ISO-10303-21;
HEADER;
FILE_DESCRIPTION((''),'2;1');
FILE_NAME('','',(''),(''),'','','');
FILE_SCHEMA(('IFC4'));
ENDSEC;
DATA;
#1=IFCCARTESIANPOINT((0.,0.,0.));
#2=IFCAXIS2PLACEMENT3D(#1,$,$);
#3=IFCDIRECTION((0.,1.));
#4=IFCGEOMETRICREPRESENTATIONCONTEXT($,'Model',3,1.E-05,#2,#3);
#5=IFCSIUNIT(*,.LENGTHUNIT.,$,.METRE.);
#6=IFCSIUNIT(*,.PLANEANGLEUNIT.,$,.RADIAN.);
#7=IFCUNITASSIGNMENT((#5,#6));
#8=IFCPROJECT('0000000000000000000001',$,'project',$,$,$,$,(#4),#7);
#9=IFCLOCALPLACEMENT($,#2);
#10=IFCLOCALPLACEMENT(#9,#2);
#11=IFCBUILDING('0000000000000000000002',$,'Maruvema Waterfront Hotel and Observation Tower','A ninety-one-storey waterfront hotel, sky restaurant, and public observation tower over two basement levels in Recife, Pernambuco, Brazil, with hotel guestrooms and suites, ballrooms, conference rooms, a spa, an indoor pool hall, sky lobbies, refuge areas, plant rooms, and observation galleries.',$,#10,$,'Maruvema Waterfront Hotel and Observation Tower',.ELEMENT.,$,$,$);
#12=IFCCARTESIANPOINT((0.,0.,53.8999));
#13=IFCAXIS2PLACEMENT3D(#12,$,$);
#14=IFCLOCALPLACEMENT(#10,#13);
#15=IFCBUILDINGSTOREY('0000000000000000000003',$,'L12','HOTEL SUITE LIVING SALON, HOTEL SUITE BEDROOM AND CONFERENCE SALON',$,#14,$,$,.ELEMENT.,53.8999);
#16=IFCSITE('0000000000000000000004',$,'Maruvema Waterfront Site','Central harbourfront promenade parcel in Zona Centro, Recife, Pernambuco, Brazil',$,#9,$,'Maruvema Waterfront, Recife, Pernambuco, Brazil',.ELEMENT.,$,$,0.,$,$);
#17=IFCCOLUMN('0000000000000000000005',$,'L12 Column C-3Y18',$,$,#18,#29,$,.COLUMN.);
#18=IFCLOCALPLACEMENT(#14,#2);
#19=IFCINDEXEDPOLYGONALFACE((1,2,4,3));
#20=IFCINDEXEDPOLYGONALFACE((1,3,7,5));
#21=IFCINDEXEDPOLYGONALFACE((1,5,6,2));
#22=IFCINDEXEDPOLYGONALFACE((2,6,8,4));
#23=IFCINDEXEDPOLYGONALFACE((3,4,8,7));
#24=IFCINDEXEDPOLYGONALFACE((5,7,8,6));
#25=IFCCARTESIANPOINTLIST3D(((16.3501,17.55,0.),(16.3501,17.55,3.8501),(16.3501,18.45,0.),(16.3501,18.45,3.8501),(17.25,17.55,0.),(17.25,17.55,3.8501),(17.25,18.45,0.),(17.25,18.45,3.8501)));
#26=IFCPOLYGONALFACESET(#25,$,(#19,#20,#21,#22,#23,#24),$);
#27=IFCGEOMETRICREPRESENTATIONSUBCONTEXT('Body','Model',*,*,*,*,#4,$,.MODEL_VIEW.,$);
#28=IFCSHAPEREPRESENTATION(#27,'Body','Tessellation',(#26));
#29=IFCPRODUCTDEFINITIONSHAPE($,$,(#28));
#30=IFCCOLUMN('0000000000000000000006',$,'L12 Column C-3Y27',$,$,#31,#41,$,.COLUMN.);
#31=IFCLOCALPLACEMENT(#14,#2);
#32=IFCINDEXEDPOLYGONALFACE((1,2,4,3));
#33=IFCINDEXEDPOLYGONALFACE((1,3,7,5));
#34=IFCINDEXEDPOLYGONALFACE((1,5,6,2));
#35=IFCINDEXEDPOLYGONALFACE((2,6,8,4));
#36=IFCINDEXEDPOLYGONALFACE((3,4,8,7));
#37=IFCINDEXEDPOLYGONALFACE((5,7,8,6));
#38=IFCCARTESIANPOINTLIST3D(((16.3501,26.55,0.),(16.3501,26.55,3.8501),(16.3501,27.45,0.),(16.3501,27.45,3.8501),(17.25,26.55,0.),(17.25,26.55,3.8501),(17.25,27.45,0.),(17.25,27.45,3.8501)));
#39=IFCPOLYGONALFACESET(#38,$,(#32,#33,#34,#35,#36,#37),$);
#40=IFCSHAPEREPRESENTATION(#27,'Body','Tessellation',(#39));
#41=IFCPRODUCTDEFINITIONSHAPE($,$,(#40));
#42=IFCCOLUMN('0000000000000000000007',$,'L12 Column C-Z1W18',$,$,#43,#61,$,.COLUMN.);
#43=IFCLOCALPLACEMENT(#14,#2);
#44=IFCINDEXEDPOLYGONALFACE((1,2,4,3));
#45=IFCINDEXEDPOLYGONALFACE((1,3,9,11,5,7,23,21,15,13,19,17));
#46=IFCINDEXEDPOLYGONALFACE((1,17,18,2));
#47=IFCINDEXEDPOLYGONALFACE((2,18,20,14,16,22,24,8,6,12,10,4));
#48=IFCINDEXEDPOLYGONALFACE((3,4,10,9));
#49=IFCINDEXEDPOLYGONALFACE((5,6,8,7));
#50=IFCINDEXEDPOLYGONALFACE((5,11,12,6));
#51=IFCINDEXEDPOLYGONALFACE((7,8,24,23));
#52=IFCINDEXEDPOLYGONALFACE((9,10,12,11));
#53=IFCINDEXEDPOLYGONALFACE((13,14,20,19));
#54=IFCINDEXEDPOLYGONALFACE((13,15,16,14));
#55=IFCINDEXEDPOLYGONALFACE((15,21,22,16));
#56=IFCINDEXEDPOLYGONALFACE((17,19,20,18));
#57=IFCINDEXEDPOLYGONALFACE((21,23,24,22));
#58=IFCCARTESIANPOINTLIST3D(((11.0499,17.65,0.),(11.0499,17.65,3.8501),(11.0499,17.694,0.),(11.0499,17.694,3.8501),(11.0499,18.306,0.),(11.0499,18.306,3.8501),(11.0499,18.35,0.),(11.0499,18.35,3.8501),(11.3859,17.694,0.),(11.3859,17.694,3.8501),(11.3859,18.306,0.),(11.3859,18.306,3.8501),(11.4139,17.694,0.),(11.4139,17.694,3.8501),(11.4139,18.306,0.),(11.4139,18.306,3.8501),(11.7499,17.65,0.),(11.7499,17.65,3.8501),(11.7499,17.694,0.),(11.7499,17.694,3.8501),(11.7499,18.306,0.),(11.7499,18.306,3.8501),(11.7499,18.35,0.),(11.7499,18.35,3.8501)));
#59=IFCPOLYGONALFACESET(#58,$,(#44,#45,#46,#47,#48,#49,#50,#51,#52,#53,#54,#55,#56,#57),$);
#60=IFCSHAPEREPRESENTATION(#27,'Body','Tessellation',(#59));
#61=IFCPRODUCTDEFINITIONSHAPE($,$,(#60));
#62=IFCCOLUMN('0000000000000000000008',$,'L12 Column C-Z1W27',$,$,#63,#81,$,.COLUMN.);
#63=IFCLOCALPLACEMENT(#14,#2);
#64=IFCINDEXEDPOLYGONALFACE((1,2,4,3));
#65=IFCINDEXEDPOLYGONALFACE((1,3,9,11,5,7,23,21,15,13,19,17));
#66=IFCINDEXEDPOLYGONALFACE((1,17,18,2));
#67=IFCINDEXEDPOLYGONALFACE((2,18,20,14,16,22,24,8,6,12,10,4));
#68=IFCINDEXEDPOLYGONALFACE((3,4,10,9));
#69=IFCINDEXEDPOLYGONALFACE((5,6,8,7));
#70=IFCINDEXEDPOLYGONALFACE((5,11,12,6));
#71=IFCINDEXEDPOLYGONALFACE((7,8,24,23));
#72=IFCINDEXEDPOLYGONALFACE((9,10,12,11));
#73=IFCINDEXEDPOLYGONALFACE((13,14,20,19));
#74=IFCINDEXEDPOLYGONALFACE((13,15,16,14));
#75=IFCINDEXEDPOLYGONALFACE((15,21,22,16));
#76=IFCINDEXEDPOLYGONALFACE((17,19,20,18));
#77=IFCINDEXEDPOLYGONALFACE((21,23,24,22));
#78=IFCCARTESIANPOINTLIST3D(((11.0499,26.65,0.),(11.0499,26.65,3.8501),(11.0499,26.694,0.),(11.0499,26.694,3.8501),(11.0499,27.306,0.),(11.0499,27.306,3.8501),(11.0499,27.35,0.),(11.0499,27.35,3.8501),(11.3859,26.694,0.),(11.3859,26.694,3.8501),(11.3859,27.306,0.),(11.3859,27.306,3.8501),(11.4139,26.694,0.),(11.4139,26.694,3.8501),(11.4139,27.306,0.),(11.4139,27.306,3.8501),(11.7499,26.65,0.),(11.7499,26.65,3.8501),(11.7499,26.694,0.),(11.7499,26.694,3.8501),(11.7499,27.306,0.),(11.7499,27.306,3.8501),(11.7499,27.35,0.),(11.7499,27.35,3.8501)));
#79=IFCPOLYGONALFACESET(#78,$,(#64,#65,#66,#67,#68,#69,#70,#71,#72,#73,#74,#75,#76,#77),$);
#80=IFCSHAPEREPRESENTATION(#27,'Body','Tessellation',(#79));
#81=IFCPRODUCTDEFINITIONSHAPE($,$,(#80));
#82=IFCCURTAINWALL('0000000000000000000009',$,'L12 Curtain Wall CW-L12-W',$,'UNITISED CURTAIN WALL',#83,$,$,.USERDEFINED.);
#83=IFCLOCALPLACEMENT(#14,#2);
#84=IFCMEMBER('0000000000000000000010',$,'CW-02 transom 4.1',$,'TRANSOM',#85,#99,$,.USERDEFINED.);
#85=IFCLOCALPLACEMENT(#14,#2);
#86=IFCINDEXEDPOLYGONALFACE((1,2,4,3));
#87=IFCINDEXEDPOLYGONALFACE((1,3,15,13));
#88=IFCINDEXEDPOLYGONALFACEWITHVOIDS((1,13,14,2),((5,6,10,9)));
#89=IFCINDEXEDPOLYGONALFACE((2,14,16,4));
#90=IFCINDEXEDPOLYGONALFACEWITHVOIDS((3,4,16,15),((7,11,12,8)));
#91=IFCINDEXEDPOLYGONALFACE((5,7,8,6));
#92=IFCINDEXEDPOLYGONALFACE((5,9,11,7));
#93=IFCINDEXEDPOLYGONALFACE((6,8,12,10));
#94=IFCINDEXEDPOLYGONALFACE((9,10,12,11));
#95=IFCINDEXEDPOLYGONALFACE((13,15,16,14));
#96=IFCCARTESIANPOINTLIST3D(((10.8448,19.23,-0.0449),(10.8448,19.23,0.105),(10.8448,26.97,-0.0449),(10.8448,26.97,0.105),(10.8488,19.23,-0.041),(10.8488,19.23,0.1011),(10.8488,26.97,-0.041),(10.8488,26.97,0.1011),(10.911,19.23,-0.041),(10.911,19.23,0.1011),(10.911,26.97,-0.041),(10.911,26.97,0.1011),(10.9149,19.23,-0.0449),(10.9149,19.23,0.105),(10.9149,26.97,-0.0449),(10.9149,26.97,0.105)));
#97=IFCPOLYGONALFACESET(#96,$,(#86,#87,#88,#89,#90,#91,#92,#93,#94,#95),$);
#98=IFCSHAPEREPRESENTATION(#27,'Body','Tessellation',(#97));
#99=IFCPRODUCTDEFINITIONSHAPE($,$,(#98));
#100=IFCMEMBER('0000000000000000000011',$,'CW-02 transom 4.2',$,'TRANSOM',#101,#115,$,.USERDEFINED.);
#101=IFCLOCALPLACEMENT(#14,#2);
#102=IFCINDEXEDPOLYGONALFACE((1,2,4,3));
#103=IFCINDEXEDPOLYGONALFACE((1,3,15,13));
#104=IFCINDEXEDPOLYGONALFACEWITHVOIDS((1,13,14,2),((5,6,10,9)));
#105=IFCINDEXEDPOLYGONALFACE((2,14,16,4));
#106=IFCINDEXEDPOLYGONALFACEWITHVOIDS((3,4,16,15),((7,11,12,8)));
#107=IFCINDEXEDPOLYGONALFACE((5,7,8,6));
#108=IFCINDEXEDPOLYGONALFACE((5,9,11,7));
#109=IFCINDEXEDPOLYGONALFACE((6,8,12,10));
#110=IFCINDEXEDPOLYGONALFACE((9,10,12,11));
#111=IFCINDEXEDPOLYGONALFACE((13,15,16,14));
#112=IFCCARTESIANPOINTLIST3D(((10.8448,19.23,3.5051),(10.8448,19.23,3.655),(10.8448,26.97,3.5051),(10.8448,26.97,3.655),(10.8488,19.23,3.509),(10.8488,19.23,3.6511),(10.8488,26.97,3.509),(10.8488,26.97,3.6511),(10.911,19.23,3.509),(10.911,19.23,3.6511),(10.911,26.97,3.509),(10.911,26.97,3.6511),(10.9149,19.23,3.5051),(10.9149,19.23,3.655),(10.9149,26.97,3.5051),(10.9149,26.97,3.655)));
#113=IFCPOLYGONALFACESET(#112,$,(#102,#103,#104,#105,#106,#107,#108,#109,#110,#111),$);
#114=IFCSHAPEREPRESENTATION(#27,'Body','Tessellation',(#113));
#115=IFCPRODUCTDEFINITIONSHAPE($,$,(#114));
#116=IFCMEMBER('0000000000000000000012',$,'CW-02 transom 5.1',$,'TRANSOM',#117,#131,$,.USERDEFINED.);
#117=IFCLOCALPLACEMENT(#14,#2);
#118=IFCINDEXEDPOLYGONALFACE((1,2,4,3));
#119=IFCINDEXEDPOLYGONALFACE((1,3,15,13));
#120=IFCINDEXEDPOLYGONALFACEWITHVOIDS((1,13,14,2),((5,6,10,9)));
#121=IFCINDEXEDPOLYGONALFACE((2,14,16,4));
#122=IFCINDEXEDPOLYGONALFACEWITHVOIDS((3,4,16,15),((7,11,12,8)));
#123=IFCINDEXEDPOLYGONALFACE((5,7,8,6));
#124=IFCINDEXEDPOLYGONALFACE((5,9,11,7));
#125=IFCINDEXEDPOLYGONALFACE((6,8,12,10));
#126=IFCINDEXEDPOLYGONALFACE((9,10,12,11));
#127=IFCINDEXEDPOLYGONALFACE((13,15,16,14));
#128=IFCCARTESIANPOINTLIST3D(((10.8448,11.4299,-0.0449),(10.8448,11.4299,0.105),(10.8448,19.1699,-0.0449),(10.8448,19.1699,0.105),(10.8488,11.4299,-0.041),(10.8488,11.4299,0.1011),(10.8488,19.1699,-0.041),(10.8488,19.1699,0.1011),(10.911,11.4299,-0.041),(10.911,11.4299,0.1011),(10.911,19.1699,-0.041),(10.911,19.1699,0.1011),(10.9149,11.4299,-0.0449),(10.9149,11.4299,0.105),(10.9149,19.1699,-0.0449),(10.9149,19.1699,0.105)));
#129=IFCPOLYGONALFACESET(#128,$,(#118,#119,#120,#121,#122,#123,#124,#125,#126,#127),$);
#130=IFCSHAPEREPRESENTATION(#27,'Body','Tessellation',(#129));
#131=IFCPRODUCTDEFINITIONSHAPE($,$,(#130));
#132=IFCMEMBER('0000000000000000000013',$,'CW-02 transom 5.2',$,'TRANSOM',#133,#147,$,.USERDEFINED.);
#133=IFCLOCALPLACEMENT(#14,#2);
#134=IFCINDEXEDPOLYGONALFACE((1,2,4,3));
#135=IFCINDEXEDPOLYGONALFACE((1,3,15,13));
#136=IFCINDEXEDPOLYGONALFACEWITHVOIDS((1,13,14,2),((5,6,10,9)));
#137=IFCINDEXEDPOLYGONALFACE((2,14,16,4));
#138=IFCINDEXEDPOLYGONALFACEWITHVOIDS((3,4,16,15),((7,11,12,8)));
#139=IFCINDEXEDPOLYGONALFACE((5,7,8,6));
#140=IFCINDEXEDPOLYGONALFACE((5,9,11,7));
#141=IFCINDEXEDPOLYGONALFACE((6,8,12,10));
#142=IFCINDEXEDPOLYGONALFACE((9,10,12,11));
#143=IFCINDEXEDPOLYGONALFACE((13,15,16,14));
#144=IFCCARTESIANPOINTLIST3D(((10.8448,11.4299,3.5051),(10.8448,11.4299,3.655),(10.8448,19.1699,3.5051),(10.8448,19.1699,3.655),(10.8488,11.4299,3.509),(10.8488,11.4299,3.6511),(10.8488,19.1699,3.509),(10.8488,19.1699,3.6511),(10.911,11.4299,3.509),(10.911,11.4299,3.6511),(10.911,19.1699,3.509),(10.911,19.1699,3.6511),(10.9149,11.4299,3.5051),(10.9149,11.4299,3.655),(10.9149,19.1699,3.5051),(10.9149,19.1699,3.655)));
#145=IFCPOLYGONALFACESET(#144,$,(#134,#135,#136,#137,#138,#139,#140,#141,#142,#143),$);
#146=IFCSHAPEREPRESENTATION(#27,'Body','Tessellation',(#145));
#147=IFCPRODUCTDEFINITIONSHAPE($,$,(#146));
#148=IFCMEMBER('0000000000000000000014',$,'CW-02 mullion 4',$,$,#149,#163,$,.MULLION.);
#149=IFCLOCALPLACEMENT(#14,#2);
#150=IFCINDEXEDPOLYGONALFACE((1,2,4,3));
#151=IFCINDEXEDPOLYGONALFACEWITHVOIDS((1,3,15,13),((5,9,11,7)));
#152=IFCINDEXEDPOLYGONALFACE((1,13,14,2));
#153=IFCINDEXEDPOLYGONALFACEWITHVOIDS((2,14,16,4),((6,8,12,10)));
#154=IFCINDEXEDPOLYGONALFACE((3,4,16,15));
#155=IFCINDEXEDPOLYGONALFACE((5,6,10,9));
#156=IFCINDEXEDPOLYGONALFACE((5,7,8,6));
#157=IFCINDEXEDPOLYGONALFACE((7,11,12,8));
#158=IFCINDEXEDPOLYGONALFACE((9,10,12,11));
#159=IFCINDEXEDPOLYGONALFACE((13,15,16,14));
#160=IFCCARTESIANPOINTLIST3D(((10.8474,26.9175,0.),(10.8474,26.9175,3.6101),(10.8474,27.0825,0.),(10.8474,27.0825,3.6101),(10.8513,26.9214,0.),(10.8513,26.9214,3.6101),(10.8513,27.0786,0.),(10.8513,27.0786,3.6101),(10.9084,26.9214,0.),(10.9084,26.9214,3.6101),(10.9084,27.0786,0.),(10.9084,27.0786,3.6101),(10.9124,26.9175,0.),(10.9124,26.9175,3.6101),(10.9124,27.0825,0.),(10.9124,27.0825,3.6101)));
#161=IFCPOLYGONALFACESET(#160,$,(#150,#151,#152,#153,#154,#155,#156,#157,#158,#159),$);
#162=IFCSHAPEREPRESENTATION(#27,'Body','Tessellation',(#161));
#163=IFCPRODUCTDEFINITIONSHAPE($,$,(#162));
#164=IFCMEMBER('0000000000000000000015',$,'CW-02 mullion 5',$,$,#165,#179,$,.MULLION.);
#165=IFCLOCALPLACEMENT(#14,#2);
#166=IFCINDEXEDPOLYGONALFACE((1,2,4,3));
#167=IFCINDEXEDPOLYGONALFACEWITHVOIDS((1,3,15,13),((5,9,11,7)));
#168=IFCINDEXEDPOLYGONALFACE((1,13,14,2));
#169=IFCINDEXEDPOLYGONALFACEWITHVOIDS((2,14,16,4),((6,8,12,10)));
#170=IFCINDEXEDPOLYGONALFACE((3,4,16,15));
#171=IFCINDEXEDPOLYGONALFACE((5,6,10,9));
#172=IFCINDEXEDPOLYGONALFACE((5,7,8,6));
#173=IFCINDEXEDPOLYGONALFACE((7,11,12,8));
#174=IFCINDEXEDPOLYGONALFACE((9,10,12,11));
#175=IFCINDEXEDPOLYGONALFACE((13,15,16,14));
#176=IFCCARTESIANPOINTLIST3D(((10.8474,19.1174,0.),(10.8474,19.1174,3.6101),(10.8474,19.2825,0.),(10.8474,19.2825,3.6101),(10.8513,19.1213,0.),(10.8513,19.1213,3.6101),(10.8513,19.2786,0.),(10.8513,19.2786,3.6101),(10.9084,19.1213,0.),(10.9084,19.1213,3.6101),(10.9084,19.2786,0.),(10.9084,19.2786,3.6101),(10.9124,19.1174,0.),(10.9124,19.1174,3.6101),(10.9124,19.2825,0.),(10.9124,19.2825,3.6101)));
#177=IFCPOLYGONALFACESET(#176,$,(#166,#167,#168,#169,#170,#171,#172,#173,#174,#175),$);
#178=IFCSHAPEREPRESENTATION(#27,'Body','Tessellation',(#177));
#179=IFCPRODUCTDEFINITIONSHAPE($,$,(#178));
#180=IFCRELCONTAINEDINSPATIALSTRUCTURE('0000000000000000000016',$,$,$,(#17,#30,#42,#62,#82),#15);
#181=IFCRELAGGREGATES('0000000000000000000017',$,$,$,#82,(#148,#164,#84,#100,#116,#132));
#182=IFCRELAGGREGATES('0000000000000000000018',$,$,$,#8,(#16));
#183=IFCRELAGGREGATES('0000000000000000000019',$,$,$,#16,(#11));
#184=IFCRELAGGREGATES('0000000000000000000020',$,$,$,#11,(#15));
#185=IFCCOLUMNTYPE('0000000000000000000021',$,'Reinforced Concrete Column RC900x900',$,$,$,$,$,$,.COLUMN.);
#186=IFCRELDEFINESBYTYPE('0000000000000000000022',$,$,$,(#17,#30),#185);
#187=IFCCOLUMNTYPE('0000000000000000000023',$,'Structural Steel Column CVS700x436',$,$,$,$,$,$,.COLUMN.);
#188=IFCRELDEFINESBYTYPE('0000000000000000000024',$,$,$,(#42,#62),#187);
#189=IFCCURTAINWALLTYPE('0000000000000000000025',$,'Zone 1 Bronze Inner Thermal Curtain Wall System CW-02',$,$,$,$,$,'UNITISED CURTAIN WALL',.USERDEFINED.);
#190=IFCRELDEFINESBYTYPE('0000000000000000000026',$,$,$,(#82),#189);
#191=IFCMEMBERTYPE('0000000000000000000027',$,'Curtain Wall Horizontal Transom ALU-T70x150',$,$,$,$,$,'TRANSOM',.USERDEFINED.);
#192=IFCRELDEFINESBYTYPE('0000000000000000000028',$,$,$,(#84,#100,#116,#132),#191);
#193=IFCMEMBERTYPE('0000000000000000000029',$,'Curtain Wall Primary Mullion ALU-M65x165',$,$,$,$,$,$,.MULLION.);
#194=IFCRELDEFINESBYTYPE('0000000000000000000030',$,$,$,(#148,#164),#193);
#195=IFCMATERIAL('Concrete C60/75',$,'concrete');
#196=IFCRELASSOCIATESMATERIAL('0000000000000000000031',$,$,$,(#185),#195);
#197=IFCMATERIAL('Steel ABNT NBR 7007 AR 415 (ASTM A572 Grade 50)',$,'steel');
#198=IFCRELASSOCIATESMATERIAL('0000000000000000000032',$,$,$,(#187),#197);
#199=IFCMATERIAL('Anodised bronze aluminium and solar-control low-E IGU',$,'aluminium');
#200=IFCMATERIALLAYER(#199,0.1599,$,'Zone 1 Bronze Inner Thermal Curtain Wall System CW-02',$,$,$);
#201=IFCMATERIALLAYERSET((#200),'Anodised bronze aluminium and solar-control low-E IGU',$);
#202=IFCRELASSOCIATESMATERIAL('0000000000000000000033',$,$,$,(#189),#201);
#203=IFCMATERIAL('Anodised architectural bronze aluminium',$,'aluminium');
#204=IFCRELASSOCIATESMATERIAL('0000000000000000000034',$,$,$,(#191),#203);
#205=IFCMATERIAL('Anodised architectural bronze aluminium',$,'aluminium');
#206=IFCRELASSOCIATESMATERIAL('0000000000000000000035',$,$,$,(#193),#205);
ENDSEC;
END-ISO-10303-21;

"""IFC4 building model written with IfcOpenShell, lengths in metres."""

from ifc_helpers import new_model, si_unit, direction, frame, origin, origin_2d, place, context, subcontext, project, spatial, rectangle, hollow_rectangle, i_section, extrude, material, layer, layer_set, material_profile, profile_set, type_object, element, aggregate, save


model = new_model("IFC4")

# Units and contexts
model_context = context("Model", 3, precision=1e-05, world=origin(), true_north=direction((0.0, 1.0)))
body_context = subcontext(model_context, "Body", "Model", "MODEL_VIEW")
ifc_project = project(units=[si_unit("LENGTHUNIT", "METRE"), si_unit("PLANEANGLEUNIT", "RADIAN")], contexts=[model_context])

# Site, building, storey
site_placement = place(None, origin())
site = spatial("IfcSite", under=ifc_project, at=site_placement, Name="Maruvema Waterfront Site", Description="Central harbourfront promenade parcel in Zona Centro, Recife, Pernambuco, Brazil", LongName="Maruvema Waterfront, Recife, Pernambuco, Brazil", CompositionType="ELEMENT", RefElevation=0.0)
building_placement = place(site_placement, origin())
building = spatial("IfcBuilding", under=site, at=building_placement, Name="Maruvema Waterfront Hotel and Observation Tower", Description="A ninety-one-storey waterfront hotel, sky restaurant, and public observation tower over two basement levels in Recife, Pernambuco, Brazil, with hotel guestrooms and suites, ballrooms, conference rooms, a spa, an indoor pool hall, sky lobbies, refuge areas, plant rooms, and observation galleries.", LongName="Maruvema Waterfront Hotel and Observation Tower", CompositionType="ELEMENT")
storey_placement = place(building_placement, frame((0.0, 0.0, 53.8999)))
storey = spatial("IfcBuildingStorey", under=building, at=storey_placement, Name="L12", Description="HOTEL SUITE LIVING SALON, HOTEL SUITE BEDROOM AND CONFERENCE SALON", CompositionType="ELEMENT", Elevation=53.8999)

# Columns
ifc_material_1 = material(Name="Concrete C60/75", Category="concrete")
ifc_material_profile_1 = material_profile(ifc_material_1, rectangle(XDim=0.8999, YDim=0.8999, at=origin_2d()), Name="RC900x900")
ifc_profile_set_1 = profile_set([ifc_material_profile_1], Name="Concrete C60/75")
column_type_1 = type_object("IfcColumnType", Name="Reinforced Concrete Column RC900x900", PredefinedType="COLUMN", material=ifc_profile_set_1)
for number, where, z_axis, x_axis, name in (
    (1, (16.8, 18.0, 0.0), (0.0, 0.0, 1.0), (1.0, 0.0, 0.0), "L12 Column C-3Y18"),
    (2, (16.8, 27.0, 0.0), (0.0, 0.0, 1.0), (1.0, 0.0, 0.0), "L12 Column C-3Y27"),
):
    element("IfcColumn", number, at=place(storey_placement, frame(where, z_axis=z_axis, x_axis=x_axis)), inside=storey, type_object=column_type_1, Name=name, PredefinedType="COLUMN", context=body_context, shape_type="SweptSolid", body=[
        extrude(rectangle(XDim=0.8999, YDim=0.8999, at=origin_2d()), origin(), (0.0, 0.0, 1.0), 3.8501),
    ])
ifc_material_2 = material(Name="Steel ABNT NBR 7007 AR 415 (ASTM A572 Grade 50)", Category="steel")
ifc_material_profile_2 = material_profile(ifc_material_2, i_section(OverallWidth=0.7, OverallDepth=0.7, WebThickness=0.0281, FlangeThickness=0.0439, at=origin_2d()), Name="CVS700x436")
ifc_profile_set_2 = profile_set([ifc_material_profile_2], Name="Steel ABNT NBR 7007 AR 415 (ASTM A572 Grade 50)")
column_type_2 = type_object("IfcColumnType", Name="Structural Steel Column CVS700x436", PredefinedType="COLUMN", material=ifc_profile_set_2)
for number, where, z_axis, x_axis, name in (
    (3, (11.3999, 18.0, 0.0), (0.0, 0.0, 1.0), (1.0, 0.0, 0.0), "L12 Column C-Z1W18"),
    (4, (11.3999, 27.0, 0.0), (0.0, 0.0, 1.0), (1.0, 0.0, 0.0), "L12 Column C-Z1W27"),
):
    element("IfcColumn", number, at=place(storey_placement, frame(where, z_axis=z_axis, x_axis=x_axis)), inside=storey, type_object=column_type_2, Name=name, PredefinedType="COLUMN", context=body_context, shape_type="SweptSolid", body=[
        extrude(i_section(OverallWidth=0.7, OverallDepth=0.7, WebThickness=0.0281, FlangeThickness=0.0439, at=origin_2d()), origin(), (0.0, 0.0, 1.0), 3.8501),
    ])

# Curtain wall, members
ifc_material_3 = material(Name="Anodised bronze aluminium and solar-control low-E IGU", Category="aluminium")
ifc_layer_1 = layer(ifc_material_3, 0.1599, Name="Zone 1 Bronze Inner Thermal Curtain Wall System CW-02")
ifc_layer_set_1 = layer_set([ifc_layer_1], Name="Anodised bronze aluminium and solar-control low-E IGU")
curtain_wall_type = type_object("IfcCurtainWallType", Name="Zone 1 Bronze Inner Thermal Curtain Wall System CW-02", ElementType="UNITISED CURTAIN WALL", PredefinedType="USERDEFINED", material=ifc_layer_set_1)
curtain_wall_placement = place(storey_placement, origin())
curtain_wall = element("IfcCurtainWall", 5, at=curtain_wall_placement, inside=storey, type_object=curtain_wall_type, Name="L12 Curtain Wall CW-L12-W", ObjectType="UNITISED CURTAIN WALL", PredefinedType="USERDEFINED")
ifc_material_4 = material(Name="Anodised architectural bronze aluminium", Category="aluminium")
ifc_material_profile_3 = material_profile(ifc_material_4, hollow_rectangle(XDim=0.0701, YDim=0.1499, WallThickness=0.0039, at=origin_2d()), Name="ALU-T70x150")
ifc_profile_set_3 = profile_set([ifc_material_profile_3], Name="Anodised architectural bronze aluminium")
member_type_1 = type_object("IfcMemberType", Name="Curtain Wall Horizontal Transom ALU-T70x150", ElementType="TRANSOM", PredefinedType="USERDEFINED", material=ifc_profile_set_3)
member_1_placement = place(storey_placement, frame((10.8799, 26.97, 0.03), z_axis=(0.0, -1.0, 0.0), x_axis=(1.0, 0.0, 0.0)))
member_1 = element("IfcMember", 6, at=member_1_placement, type_object=member_type_1, Name="CW-02 transom 4.1", ObjectType="TRANSOM", PredefinedType="USERDEFINED", context=body_context, shape_type="SweptSolid", body=[
    extrude(hollow_rectangle(XDim=0.0701, YDim=0.1499, WallThickness=0.0039, at=origin_2d()), origin(), (0.0, 0.0, 1.0), 7.74),
])
member_2_placement = place(storey_placement, frame((10.8799, 26.97, 3.5801), z_axis=(0.0, -1.0, 0.0), x_axis=(1.0, 0.0, 0.0)))
member_2 = element("IfcMember", 7, at=member_2_placement, type_object=member_type_1, Name="CW-02 transom 4.2", ObjectType="TRANSOM", PredefinedType="USERDEFINED", context=body_context, shape_type="SweptSolid", body=[
    extrude(hollow_rectangle(XDim=0.0701, YDim=0.1499, WallThickness=0.0039, at=origin_2d()), origin(), (0.0, 0.0, 1.0), 7.74),
])
member_3_placement = place(storey_placement, frame((10.8799, 19.1699, 0.03), z_axis=(0.0, -1.0, 0.0), x_axis=(1.0, 0.0, 0.0)))
member_3 = element("IfcMember", 8, at=member_3_placement, type_object=member_type_1, Name="CW-02 transom 5.1", ObjectType="TRANSOM", PredefinedType="USERDEFINED", context=body_context, shape_type="SweptSolid", body=[
    extrude(hollow_rectangle(XDim=0.0701, YDim=0.1499, WallThickness=0.0039, at=origin_2d()), origin(), (0.0, 0.0, 1.0), 7.74),
])
member_4_placement = place(storey_placement, frame((10.8799, 19.1699, 3.5801), z_axis=(0.0, -1.0, 0.0), x_axis=(1.0, 0.0, 0.0)))
member_4 = element("IfcMember", 9, at=member_4_placement, type_object=member_type_1, Name="CW-02 transom 5.2", ObjectType="TRANSOM", PredefinedType="USERDEFINED", context=body_context, shape_type="SweptSolid", body=[
    extrude(hollow_rectangle(XDim=0.0701, YDim=0.1499, WallThickness=0.0039, at=origin_2d()), origin(), (0.0, 0.0, 1.0), 7.74),
])
ifc_material_5 = material(Name="Anodised architectural bronze aluminium", Category="aluminium")
ifc_material_profile_4 = material_profile(ifc_material_5, hollow_rectangle(XDim=0.0649, YDim=0.165, WallThickness=0.0039, at=origin_2d()), Name="ALU-M65x165")
ifc_profile_set_4 = profile_set([ifc_material_profile_4], Name="Anodised architectural bronze aluminium")
member_type_2 = type_object("IfcMemberType", Name="Curtain Wall Primary Mullion ALU-M65x165", PredefinedType="MULLION", material=ifc_profile_set_4)
member_5_placement = place(storey_placement, frame((10.8799, 27.0, 0.0), z_axis=(0.0, 0.0, 1.0), x_axis=(1.0, 0.0, 0.0)))
member_5 = element("IfcMember", 10, at=member_5_placement, type_object=member_type_2, Name="CW-02 mullion 4", PredefinedType="MULLION", context=body_context, shape_type="SweptSolid", body=[
    extrude(hollow_rectangle(XDim=0.0649, YDim=0.165, WallThickness=0.0039, at=origin_2d()), origin(), (0.0, 0.0, 1.0), 3.6101),
])
member_6_placement = place(storey_placement, frame((10.8799, 19.2, 0.0), z_axis=(0.0, 0.0, 1.0), x_axis=(1.0, 0.0, 0.0)))
member_6 = element("IfcMember", 11, at=member_6_placement, type_object=member_type_2, Name="CW-02 mullion 5", PredefinedType="MULLION", context=body_context, shape_type="SweptSolid", body=[
    extrude(hollow_rectangle(XDim=0.0649, YDim=0.165, WallThickness=0.0039, at=origin_2d()), origin(), (0.0, 0.0, 1.0), 3.6101),
])

aggregate(curtain_wall, [member_5, member_6, member_1, member_2, member_3, member_4])

save(model, "model.ifc")
